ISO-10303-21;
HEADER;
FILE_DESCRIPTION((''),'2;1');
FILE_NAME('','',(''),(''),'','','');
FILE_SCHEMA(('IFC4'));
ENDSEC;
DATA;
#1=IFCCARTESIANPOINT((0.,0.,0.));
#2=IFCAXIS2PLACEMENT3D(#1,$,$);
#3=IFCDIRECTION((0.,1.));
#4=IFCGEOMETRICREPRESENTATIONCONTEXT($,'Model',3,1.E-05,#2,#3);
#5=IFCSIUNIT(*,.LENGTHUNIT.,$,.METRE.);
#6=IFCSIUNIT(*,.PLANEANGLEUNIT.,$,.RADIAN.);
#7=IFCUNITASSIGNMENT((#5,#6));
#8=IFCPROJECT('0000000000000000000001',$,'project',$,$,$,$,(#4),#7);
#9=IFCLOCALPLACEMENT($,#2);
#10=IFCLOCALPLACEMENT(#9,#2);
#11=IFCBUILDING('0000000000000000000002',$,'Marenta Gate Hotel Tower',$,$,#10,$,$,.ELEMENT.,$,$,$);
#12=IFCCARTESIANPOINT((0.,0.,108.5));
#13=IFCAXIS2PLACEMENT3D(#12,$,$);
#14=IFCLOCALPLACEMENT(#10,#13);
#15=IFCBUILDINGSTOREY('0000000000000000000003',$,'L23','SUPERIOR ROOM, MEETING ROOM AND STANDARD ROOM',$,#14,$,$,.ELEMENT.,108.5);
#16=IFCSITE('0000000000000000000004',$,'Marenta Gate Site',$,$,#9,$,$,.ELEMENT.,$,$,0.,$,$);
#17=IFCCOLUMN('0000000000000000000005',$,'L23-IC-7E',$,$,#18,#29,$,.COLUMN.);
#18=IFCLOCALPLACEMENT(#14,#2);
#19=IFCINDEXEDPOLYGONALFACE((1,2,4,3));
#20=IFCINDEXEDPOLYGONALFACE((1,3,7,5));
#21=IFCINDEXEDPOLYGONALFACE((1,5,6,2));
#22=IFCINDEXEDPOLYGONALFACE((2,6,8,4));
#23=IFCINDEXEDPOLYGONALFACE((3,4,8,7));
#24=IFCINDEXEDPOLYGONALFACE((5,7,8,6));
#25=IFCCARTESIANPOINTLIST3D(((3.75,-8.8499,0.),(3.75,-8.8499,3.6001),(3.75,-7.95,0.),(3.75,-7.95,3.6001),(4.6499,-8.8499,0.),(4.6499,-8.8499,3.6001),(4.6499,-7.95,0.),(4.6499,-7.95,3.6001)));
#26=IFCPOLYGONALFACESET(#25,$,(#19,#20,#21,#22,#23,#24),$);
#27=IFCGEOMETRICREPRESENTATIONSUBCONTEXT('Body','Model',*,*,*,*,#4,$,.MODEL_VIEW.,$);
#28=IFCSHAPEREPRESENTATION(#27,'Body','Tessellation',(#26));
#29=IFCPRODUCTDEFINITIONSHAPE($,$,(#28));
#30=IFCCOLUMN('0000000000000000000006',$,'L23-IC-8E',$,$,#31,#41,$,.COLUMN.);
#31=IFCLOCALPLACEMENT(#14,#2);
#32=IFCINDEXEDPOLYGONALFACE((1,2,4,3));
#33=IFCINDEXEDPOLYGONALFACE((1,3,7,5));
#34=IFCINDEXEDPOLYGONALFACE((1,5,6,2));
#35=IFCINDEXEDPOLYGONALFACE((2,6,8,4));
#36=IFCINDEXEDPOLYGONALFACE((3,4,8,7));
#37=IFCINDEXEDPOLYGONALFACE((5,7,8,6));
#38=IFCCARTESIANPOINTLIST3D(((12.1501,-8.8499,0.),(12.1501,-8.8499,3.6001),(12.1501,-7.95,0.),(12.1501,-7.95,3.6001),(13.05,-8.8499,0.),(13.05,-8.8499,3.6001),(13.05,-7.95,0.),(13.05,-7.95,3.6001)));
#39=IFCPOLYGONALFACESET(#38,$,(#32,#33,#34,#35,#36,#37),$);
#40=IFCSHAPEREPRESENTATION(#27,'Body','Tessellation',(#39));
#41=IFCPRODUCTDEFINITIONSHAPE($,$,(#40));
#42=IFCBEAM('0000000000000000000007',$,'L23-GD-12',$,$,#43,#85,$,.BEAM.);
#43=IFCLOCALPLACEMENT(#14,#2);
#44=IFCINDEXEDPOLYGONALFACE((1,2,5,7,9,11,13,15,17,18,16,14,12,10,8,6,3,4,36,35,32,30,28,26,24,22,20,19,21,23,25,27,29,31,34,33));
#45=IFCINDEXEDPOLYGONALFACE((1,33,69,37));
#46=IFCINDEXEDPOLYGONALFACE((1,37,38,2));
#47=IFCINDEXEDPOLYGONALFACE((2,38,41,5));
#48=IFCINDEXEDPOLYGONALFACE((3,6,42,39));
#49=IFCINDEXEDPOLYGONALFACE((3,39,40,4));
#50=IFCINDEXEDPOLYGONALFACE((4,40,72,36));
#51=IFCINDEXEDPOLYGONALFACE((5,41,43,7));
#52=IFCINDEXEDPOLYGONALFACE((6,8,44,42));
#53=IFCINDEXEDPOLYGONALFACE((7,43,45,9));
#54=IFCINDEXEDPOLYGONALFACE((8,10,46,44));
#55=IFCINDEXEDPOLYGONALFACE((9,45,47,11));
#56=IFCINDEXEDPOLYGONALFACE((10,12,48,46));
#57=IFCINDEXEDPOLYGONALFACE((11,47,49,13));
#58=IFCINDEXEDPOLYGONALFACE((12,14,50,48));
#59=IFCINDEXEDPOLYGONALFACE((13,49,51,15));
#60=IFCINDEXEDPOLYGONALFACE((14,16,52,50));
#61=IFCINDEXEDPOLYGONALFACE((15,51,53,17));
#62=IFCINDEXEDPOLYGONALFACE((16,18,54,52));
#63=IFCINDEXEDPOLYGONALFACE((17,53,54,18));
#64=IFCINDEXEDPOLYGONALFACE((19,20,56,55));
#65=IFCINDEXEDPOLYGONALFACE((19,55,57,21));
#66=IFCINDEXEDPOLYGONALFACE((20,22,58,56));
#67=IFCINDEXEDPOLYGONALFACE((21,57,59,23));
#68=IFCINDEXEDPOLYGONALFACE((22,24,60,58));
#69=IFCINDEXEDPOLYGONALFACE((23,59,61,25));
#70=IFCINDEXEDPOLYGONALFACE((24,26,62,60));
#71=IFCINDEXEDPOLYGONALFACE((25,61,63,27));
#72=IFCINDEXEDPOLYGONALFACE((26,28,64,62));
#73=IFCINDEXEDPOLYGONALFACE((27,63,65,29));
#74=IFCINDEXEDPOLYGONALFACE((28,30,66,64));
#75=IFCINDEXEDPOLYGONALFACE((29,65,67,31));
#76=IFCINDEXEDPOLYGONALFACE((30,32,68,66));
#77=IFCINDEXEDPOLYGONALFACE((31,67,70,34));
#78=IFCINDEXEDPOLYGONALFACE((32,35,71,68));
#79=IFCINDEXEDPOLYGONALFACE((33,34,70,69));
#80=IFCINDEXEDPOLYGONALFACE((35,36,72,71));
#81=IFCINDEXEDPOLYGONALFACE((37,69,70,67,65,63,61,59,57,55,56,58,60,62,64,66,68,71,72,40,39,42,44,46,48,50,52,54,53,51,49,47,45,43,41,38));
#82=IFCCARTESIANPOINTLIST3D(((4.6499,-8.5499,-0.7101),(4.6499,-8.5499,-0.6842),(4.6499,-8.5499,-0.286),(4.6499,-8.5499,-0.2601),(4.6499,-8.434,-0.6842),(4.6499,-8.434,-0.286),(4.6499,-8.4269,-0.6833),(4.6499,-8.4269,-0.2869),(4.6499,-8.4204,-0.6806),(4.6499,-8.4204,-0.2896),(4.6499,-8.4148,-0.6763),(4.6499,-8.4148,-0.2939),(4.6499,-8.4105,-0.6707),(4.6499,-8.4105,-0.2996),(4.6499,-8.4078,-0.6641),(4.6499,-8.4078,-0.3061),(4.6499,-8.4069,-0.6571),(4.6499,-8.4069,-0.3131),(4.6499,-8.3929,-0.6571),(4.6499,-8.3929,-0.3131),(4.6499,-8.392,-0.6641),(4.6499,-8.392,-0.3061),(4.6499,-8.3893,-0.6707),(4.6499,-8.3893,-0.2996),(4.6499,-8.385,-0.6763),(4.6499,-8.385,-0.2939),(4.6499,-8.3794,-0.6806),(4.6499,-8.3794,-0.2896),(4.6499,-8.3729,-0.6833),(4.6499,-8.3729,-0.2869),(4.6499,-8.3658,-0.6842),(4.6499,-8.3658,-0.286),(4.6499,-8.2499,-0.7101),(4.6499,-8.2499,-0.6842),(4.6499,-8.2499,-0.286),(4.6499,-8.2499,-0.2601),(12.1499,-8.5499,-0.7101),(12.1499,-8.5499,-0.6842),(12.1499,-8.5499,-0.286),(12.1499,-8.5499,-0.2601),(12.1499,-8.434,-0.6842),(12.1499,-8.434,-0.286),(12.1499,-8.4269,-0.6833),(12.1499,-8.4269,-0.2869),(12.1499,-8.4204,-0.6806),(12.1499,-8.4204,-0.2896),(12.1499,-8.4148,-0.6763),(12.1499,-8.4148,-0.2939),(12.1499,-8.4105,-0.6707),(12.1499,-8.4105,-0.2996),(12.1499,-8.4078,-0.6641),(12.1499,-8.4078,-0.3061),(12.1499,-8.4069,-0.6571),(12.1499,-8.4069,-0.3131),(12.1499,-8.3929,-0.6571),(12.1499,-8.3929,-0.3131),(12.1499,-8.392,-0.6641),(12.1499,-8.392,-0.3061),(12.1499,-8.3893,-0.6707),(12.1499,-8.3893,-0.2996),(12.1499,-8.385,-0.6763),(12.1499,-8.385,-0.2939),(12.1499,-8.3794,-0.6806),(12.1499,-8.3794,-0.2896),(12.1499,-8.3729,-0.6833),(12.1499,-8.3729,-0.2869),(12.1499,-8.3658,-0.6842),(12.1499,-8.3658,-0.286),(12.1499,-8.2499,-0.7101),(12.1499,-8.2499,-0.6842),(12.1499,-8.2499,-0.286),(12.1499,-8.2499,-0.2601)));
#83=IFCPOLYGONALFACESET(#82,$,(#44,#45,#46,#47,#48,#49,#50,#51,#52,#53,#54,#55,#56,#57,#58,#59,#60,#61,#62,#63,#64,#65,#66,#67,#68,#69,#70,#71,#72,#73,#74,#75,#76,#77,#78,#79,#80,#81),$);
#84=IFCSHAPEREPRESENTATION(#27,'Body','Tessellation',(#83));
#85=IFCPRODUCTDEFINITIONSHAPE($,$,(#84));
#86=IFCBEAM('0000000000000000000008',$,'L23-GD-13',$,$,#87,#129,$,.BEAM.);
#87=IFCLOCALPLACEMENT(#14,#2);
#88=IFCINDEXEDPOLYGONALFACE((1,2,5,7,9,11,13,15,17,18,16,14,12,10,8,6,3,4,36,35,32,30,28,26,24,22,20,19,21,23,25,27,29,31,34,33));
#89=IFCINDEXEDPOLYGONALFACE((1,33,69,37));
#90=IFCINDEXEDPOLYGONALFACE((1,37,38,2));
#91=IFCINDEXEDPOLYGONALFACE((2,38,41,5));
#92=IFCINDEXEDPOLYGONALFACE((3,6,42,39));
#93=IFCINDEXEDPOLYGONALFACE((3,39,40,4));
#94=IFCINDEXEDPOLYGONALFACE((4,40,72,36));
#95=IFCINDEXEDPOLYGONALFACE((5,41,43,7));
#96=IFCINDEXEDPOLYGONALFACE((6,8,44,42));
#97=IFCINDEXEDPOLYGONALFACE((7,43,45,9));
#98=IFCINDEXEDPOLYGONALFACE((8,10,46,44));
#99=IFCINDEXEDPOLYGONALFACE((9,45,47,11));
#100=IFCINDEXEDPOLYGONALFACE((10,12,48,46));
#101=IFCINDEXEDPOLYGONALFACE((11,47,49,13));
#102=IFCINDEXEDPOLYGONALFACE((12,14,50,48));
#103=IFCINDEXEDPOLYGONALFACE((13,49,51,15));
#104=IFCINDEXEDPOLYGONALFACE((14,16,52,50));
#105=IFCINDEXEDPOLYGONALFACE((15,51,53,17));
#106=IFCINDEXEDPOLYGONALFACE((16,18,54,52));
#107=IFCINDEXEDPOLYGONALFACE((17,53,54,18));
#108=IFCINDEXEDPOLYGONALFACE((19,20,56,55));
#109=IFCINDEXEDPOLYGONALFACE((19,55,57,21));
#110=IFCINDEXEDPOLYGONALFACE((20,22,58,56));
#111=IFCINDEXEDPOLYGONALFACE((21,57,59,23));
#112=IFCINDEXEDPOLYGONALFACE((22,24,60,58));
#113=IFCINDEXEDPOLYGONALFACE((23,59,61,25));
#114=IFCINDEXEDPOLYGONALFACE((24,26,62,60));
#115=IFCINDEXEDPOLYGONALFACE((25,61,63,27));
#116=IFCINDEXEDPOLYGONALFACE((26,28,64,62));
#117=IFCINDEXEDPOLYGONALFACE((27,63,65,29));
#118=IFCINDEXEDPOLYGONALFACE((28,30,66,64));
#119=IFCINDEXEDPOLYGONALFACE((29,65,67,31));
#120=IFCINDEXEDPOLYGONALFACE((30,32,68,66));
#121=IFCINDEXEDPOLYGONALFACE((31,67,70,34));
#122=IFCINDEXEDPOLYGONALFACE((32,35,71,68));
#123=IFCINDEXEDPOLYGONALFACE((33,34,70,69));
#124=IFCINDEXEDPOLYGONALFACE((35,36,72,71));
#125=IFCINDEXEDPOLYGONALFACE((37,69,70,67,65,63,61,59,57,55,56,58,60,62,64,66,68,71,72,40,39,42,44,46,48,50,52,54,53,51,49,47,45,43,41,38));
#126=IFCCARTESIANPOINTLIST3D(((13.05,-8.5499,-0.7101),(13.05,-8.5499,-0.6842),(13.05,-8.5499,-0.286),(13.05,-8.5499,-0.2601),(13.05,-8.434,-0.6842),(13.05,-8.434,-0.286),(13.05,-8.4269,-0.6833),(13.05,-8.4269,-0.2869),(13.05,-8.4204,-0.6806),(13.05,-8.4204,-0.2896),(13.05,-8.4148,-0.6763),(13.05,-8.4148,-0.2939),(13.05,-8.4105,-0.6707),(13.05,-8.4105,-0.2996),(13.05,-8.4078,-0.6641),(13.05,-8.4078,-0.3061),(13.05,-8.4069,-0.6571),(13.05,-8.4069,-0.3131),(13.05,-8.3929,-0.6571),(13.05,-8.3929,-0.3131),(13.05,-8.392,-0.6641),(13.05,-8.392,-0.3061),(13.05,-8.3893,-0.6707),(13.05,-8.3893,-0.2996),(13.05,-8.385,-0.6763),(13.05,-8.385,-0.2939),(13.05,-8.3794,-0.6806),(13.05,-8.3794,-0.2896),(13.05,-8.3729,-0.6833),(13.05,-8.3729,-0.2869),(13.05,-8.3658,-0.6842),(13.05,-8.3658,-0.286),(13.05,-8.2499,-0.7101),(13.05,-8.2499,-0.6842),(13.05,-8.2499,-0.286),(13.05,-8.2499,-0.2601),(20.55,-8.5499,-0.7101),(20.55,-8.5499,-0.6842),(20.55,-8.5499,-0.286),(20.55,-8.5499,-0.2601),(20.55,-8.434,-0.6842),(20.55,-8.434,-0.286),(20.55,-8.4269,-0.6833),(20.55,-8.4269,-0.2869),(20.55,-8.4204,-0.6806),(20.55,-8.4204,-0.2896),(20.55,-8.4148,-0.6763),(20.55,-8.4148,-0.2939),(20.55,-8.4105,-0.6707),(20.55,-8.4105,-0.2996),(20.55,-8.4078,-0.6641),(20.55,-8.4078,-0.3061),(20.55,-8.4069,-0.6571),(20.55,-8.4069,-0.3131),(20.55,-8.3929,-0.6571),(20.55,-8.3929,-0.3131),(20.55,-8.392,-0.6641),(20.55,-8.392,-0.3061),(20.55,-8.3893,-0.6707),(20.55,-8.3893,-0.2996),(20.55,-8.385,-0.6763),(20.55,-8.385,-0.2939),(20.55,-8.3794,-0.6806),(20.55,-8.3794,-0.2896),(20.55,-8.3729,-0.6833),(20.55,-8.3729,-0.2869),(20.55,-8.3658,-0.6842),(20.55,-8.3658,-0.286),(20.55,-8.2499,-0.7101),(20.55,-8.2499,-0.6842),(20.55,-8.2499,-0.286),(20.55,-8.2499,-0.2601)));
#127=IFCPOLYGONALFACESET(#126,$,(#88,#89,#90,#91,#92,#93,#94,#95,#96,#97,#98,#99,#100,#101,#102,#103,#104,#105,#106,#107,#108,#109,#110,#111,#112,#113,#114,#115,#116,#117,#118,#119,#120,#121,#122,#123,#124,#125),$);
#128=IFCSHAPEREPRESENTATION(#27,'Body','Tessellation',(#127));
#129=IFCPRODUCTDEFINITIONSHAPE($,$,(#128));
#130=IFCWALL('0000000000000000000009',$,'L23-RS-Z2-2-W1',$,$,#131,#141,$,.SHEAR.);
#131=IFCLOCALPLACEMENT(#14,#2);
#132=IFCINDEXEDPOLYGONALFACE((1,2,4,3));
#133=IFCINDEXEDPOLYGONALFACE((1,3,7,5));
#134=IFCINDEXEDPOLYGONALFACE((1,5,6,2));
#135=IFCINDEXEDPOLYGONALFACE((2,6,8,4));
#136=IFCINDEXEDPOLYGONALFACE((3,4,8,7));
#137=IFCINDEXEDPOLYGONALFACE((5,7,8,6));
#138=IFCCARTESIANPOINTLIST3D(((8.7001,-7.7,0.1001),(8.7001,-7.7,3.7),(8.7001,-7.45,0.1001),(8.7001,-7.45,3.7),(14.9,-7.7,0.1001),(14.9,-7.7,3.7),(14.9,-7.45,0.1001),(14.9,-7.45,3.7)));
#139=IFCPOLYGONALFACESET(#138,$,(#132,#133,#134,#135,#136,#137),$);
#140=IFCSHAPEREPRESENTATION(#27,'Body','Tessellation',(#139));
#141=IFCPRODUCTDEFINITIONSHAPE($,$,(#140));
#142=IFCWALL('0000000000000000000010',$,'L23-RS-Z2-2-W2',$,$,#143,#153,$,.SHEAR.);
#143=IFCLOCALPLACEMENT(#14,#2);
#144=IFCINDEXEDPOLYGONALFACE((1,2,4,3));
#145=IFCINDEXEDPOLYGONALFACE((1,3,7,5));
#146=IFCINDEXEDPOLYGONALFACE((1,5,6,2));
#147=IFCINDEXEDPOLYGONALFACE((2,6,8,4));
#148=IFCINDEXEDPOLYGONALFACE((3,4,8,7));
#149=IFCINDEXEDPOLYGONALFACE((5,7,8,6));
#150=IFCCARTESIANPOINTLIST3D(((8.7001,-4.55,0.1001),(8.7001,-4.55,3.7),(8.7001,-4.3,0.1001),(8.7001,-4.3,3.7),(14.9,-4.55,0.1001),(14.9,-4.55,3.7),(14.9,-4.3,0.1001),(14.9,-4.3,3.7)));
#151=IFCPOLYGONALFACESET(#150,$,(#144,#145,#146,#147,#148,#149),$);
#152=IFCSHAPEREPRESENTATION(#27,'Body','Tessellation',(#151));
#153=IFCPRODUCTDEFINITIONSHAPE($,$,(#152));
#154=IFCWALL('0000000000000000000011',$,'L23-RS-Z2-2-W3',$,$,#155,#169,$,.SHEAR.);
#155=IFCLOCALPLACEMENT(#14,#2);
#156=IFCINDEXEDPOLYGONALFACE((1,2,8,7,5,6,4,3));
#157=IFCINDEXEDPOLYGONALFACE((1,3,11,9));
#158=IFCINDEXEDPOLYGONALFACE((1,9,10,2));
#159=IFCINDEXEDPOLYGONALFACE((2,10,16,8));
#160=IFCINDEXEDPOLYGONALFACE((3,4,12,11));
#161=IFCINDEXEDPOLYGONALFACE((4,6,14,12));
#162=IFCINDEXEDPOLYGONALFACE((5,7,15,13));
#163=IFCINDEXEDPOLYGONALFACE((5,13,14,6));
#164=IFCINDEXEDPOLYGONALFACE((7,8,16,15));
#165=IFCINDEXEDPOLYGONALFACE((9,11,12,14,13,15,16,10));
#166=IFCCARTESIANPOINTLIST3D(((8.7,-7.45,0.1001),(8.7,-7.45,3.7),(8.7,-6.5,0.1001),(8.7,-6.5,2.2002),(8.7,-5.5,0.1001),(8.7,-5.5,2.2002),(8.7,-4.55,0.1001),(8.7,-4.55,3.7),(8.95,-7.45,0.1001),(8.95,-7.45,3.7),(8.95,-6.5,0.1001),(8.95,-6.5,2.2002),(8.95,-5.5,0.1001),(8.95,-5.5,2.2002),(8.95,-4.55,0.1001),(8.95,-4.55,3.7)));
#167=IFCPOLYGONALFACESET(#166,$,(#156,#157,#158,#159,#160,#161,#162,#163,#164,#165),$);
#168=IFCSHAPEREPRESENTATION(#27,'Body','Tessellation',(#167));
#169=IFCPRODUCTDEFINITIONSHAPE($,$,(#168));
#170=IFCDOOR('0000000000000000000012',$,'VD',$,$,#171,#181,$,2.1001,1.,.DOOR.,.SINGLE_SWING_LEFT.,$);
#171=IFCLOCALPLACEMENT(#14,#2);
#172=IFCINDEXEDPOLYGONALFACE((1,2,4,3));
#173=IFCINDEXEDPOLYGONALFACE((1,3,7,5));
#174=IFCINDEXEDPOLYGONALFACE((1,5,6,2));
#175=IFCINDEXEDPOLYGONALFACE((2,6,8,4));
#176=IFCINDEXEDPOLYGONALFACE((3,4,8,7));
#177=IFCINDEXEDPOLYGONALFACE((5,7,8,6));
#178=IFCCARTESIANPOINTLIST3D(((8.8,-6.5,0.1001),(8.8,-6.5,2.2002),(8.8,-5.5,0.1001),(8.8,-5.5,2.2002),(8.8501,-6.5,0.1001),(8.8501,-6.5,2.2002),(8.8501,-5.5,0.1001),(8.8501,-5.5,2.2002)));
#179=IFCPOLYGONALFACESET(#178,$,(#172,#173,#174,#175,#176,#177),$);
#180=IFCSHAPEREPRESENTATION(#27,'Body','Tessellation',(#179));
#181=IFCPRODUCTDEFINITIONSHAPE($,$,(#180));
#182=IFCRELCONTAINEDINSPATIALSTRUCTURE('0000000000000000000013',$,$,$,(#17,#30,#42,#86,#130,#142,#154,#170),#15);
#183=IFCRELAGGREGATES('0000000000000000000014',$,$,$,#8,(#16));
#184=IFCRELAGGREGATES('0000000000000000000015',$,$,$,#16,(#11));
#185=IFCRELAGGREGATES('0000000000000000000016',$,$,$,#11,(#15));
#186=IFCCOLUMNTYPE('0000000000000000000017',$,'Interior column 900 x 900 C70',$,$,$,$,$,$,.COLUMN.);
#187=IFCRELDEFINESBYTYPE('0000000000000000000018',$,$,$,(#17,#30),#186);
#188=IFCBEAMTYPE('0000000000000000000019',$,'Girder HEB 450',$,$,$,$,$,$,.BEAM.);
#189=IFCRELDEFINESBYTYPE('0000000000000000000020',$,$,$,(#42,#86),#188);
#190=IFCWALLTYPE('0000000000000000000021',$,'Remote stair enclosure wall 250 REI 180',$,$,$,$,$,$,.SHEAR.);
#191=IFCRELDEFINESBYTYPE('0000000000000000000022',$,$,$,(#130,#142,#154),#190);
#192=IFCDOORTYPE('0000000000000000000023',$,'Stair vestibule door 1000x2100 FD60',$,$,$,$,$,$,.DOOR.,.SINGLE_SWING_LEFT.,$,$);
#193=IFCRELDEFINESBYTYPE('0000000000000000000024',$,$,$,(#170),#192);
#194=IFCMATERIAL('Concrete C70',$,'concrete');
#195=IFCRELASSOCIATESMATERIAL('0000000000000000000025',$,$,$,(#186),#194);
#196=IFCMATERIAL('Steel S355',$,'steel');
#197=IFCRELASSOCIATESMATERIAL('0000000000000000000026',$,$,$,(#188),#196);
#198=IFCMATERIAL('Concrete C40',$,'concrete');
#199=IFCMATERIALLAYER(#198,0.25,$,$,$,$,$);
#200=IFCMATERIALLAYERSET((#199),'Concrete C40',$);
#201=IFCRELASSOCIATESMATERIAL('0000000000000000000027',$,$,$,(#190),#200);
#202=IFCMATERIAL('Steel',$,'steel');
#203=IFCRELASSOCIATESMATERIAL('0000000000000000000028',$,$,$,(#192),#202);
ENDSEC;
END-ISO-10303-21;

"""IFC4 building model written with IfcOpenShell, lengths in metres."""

from ifc_helpers import new_model, si_unit, direction, frame, frame_2d, origin, origin_2d, place, context, subcontext, project, spatial, rectangle, i_section, extrude, material, layer, layer_set, material_profile, profile_set, type_object, element, fill, save


model = new_model("IFC4")

# Units and contexts
model_context = context("Model", 3, precision=1e-05, world=origin(), true_north=direction((0.0, 1.0)))
body_context = subcontext(model_context, "Body", "Model", "MODEL_VIEW")
ifc_project = project(units=[si_unit("LENGTHUNIT", "METRE"), si_unit("PLANEANGLEUNIT", "RADIAN")], contexts=[model_context])

# Site, building, storey
site_placement = place(None, origin())
site = spatial("IfcSite", under=ifc_project, at=site_placement, Name="Marenta Gate Site", CompositionType="ELEMENT", RefElevation=0.0)
building_placement = place(site_placement, origin())
building = spatial("IfcBuilding", under=site, at=building_placement, Name="Marenta Gate Hotel Tower", CompositionType="ELEMENT")
storey_placement = place(building_placement, frame((0.0, 0.0, 108.5)))
storey = spatial("IfcBuildingStorey", under=building, at=storey_placement, Name="L23", Description="SUPERIOR ROOM, MEETING ROOM AND STANDARD ROOM", CompositionType="ELEMENT", Elevation=108.5)

# Columns
ifc_material_1 = material(Name="Concrete C70", Category="concrete")
ifc_material_profile_1 = material_profile(ifc_material_1, rectangle(XDim=0.8999, YDim=0.8999, at=origin_2d()), Name="900 x 900")
ifc_profile_set_1 = profile_set([ifc_material_profile_1], Name="Concrete C70")
column_type = type_object("IfcColumnType", Name="Interior column 900 x 900 C70", PredefinedType="COLUMN", material=ifc_profile_set_1)
for number, where, z_axis, x_axis, name in (
    (1, (4.2, -8.3999, 0.0), (0.0, 0.0, 1.0), (1.0, 0.0, 0.0), "L23-IC-7E"),
    (2, (12.6001, -8.3999, 0.0), (0.0, 0.0, 1.0), (1.0, 0.0, 0.0), "L23-IC-8E"),
):
    element("IfcColumn", number, at=place(storey_placement, frame(where, z_axis=z_axis, x_axis=x_axis)), inside=storey, type_object=column_type, Name=name, PredefinedType="COLUMN", context=body_context, shape_type="SweptSolid", body=[
        extrude(rectangle(XDim=0.8999, YDim=0.8999, at=origin_2d()), origin(), (0.0, 0.0, 1.0), 3.6001),
    ])

# Beams
ifc_material_2 = material(Name="Steel S355", Category="steel")
ifc_material_profile_2 = material_profile(ifc_material_2, i_section(OverallWidth=0.3, OverallDepth=0.45, WebThickness=0.0139, FlangeThickness=0.0259, FilletRadius=0.0271, at=origin_2d()), Name="HEB 450")
ifc_profile_set_2 = profile_set([ifc_material_profile_2], Name="Steel S355")
beam_type = type_object("IfcBeamType", Name="Girder HEB 450", PredefinedType="BEAM", material=ifc_profile_set_2)
for number, where, z_axis, x_axis, name in (
    (3, (4.6499, -8.3999, -0.4851), (1.0, 0.0, 0.0), (0.0, 1.0, 0.0), "L23-GD-12"),
    (4, (13.05, -8.3999, -0.4851), (1.0, 0.0, 0.0), (0.0, 1.0, 0.0), "L23-GD-13"),
):
    element("IfcBeam", number, at=place(storey_placement, frame(where, z_axis=z_axis, x_axis=x_axis)), inside=storey, type_object=beam_type, Name=name, PredefinedType="BEAM", context=body_context, shape_type="SweptSolid", body=[
        extrude(i_section(OverallWidth=0.3, OverallDepth=0.45, WebThickness=0.0139, FlangeThickness=0.0259, FilletRadius=0.0271, at=origin_2d()), origin(), (0.0, 0.0, 1.0), 7.5),
    ])

# Walls
ifc_material_3 = material(Name="Concrete C40", Category="concrete")
ifc_layer_1 = layer(ifc_material_3, 0.25)
ifc_layer_set_1 = layer_set([ifc_layer_1], Name="Concrete C40")
wall_type_1 = type_object("IfcWallType", Name="Remote stair enclosure wall 250 REI 180", PredefinedType="SHEAR", material=ifc_layer_set_1)
for number, where, z_axis, x_axis, name in (
    (5, (8.7, -7.575, 0.1001), (0.0, 0.0, 1.0), (1.0, 0.0, 0.0), "L23-RS-Z2-2-W1"),
    (6, (8.7, -4.425, 0.1001), (0.0, 0.0, 1.0), (1.0, 0.0, 0.0), "L23-RS-Z2-2-W2"),
):
    element("IfcWall", number, at=place(storey_placement, frame(where, z_axis=z_axis, x_axis=x_axis)), inside=storey, type_object=wall_type_1, Name=name, PredefinedType="SHEAR", context=body_context, shape_type="SweptSolid", body=[
        extrude(rectangle(XDim=6.2, YDim=0.25, at=frame_2d((3.1001, 0.0))), origin(), (0.0, 0.0, 1.0), 3.5999),
    ])

# Wall, opening, door
wall_1_placement = place(storey_placement, frame((8.825, -7.45, 0.1001), z_axis=(0.0, 0.0, 1.0), x_axis=(0.0, 1.0, 0.0)))
wall_1 = element("IfcWall", 7, at=wall_1_placement, inside=storey, type_object=wall_type_1, Name="L23-RS-Z2-2-W3", PredefinedType="SHEAR", context=body_context, shape_type="SweptSolid", body=[
    extrude(rectangle(XDim=2.8999, YDim=0.25, at=frame_2d((1.45, 0.0))), origin(), (0.0, 0.0, 1.0), 3.5999),
])
opening_1_placement = place(wall_1_placement, frame((0.95, 0.0, 0.0)))
opening_1 = element("IfcOpeningElement", 8, at=opening_1_placement, cuts=wall_1, PredefinedType="OPENING", context=body_context, shape_type="SweptSolid", body=[
    extrude(rectangle(XDim=1.0, YDim=2.1001, at=frame_2d((0.5, 1.05))), frame((0.0, 0.125, 0.0), z_axis=(0.0, -1.0, 0.0), x_axis=(1.0, 0.0, 0.0)), (0.0, 0.0, 1.0), 0.25),
])
ifc_material_4 = material(Name="Steel", Category="steel")
door_type_1 = type_object("IfcDoorType", Name="Stair vestibule door 1000x2100 FD60", OperationType="SINGLE_SWING_LEFT", PredefinedType="DOOR", material=ifc_material_4)
door_1_placement = place(opening_1_placement, origin())
door_1 = element("IfcDoor", 9, at=door_1_placement, inside=storey, type_object=door_type_1, Name="VD", OperationType="SINGLE_SWING_LEFT", OverallHeight=2.1001, OverallWidth=1.0, PredefinedType="DOOR", context=body_context, shape_type="SweptSolid", body=[
    extrude(rectangle(XDim=1.0, YDim=2.1001, at=frame_2d((0.5, 1.05))), frame((0.0, 0.0249, 0.0), z_axis=(0.0, -1.0, 0.0), x_axis=(1.0, 0.0, 0.0)), (0.0, 0.0, 1.0), 0.05),
])
fill(opening_1, door_1)

save(model, "model.ifc")
